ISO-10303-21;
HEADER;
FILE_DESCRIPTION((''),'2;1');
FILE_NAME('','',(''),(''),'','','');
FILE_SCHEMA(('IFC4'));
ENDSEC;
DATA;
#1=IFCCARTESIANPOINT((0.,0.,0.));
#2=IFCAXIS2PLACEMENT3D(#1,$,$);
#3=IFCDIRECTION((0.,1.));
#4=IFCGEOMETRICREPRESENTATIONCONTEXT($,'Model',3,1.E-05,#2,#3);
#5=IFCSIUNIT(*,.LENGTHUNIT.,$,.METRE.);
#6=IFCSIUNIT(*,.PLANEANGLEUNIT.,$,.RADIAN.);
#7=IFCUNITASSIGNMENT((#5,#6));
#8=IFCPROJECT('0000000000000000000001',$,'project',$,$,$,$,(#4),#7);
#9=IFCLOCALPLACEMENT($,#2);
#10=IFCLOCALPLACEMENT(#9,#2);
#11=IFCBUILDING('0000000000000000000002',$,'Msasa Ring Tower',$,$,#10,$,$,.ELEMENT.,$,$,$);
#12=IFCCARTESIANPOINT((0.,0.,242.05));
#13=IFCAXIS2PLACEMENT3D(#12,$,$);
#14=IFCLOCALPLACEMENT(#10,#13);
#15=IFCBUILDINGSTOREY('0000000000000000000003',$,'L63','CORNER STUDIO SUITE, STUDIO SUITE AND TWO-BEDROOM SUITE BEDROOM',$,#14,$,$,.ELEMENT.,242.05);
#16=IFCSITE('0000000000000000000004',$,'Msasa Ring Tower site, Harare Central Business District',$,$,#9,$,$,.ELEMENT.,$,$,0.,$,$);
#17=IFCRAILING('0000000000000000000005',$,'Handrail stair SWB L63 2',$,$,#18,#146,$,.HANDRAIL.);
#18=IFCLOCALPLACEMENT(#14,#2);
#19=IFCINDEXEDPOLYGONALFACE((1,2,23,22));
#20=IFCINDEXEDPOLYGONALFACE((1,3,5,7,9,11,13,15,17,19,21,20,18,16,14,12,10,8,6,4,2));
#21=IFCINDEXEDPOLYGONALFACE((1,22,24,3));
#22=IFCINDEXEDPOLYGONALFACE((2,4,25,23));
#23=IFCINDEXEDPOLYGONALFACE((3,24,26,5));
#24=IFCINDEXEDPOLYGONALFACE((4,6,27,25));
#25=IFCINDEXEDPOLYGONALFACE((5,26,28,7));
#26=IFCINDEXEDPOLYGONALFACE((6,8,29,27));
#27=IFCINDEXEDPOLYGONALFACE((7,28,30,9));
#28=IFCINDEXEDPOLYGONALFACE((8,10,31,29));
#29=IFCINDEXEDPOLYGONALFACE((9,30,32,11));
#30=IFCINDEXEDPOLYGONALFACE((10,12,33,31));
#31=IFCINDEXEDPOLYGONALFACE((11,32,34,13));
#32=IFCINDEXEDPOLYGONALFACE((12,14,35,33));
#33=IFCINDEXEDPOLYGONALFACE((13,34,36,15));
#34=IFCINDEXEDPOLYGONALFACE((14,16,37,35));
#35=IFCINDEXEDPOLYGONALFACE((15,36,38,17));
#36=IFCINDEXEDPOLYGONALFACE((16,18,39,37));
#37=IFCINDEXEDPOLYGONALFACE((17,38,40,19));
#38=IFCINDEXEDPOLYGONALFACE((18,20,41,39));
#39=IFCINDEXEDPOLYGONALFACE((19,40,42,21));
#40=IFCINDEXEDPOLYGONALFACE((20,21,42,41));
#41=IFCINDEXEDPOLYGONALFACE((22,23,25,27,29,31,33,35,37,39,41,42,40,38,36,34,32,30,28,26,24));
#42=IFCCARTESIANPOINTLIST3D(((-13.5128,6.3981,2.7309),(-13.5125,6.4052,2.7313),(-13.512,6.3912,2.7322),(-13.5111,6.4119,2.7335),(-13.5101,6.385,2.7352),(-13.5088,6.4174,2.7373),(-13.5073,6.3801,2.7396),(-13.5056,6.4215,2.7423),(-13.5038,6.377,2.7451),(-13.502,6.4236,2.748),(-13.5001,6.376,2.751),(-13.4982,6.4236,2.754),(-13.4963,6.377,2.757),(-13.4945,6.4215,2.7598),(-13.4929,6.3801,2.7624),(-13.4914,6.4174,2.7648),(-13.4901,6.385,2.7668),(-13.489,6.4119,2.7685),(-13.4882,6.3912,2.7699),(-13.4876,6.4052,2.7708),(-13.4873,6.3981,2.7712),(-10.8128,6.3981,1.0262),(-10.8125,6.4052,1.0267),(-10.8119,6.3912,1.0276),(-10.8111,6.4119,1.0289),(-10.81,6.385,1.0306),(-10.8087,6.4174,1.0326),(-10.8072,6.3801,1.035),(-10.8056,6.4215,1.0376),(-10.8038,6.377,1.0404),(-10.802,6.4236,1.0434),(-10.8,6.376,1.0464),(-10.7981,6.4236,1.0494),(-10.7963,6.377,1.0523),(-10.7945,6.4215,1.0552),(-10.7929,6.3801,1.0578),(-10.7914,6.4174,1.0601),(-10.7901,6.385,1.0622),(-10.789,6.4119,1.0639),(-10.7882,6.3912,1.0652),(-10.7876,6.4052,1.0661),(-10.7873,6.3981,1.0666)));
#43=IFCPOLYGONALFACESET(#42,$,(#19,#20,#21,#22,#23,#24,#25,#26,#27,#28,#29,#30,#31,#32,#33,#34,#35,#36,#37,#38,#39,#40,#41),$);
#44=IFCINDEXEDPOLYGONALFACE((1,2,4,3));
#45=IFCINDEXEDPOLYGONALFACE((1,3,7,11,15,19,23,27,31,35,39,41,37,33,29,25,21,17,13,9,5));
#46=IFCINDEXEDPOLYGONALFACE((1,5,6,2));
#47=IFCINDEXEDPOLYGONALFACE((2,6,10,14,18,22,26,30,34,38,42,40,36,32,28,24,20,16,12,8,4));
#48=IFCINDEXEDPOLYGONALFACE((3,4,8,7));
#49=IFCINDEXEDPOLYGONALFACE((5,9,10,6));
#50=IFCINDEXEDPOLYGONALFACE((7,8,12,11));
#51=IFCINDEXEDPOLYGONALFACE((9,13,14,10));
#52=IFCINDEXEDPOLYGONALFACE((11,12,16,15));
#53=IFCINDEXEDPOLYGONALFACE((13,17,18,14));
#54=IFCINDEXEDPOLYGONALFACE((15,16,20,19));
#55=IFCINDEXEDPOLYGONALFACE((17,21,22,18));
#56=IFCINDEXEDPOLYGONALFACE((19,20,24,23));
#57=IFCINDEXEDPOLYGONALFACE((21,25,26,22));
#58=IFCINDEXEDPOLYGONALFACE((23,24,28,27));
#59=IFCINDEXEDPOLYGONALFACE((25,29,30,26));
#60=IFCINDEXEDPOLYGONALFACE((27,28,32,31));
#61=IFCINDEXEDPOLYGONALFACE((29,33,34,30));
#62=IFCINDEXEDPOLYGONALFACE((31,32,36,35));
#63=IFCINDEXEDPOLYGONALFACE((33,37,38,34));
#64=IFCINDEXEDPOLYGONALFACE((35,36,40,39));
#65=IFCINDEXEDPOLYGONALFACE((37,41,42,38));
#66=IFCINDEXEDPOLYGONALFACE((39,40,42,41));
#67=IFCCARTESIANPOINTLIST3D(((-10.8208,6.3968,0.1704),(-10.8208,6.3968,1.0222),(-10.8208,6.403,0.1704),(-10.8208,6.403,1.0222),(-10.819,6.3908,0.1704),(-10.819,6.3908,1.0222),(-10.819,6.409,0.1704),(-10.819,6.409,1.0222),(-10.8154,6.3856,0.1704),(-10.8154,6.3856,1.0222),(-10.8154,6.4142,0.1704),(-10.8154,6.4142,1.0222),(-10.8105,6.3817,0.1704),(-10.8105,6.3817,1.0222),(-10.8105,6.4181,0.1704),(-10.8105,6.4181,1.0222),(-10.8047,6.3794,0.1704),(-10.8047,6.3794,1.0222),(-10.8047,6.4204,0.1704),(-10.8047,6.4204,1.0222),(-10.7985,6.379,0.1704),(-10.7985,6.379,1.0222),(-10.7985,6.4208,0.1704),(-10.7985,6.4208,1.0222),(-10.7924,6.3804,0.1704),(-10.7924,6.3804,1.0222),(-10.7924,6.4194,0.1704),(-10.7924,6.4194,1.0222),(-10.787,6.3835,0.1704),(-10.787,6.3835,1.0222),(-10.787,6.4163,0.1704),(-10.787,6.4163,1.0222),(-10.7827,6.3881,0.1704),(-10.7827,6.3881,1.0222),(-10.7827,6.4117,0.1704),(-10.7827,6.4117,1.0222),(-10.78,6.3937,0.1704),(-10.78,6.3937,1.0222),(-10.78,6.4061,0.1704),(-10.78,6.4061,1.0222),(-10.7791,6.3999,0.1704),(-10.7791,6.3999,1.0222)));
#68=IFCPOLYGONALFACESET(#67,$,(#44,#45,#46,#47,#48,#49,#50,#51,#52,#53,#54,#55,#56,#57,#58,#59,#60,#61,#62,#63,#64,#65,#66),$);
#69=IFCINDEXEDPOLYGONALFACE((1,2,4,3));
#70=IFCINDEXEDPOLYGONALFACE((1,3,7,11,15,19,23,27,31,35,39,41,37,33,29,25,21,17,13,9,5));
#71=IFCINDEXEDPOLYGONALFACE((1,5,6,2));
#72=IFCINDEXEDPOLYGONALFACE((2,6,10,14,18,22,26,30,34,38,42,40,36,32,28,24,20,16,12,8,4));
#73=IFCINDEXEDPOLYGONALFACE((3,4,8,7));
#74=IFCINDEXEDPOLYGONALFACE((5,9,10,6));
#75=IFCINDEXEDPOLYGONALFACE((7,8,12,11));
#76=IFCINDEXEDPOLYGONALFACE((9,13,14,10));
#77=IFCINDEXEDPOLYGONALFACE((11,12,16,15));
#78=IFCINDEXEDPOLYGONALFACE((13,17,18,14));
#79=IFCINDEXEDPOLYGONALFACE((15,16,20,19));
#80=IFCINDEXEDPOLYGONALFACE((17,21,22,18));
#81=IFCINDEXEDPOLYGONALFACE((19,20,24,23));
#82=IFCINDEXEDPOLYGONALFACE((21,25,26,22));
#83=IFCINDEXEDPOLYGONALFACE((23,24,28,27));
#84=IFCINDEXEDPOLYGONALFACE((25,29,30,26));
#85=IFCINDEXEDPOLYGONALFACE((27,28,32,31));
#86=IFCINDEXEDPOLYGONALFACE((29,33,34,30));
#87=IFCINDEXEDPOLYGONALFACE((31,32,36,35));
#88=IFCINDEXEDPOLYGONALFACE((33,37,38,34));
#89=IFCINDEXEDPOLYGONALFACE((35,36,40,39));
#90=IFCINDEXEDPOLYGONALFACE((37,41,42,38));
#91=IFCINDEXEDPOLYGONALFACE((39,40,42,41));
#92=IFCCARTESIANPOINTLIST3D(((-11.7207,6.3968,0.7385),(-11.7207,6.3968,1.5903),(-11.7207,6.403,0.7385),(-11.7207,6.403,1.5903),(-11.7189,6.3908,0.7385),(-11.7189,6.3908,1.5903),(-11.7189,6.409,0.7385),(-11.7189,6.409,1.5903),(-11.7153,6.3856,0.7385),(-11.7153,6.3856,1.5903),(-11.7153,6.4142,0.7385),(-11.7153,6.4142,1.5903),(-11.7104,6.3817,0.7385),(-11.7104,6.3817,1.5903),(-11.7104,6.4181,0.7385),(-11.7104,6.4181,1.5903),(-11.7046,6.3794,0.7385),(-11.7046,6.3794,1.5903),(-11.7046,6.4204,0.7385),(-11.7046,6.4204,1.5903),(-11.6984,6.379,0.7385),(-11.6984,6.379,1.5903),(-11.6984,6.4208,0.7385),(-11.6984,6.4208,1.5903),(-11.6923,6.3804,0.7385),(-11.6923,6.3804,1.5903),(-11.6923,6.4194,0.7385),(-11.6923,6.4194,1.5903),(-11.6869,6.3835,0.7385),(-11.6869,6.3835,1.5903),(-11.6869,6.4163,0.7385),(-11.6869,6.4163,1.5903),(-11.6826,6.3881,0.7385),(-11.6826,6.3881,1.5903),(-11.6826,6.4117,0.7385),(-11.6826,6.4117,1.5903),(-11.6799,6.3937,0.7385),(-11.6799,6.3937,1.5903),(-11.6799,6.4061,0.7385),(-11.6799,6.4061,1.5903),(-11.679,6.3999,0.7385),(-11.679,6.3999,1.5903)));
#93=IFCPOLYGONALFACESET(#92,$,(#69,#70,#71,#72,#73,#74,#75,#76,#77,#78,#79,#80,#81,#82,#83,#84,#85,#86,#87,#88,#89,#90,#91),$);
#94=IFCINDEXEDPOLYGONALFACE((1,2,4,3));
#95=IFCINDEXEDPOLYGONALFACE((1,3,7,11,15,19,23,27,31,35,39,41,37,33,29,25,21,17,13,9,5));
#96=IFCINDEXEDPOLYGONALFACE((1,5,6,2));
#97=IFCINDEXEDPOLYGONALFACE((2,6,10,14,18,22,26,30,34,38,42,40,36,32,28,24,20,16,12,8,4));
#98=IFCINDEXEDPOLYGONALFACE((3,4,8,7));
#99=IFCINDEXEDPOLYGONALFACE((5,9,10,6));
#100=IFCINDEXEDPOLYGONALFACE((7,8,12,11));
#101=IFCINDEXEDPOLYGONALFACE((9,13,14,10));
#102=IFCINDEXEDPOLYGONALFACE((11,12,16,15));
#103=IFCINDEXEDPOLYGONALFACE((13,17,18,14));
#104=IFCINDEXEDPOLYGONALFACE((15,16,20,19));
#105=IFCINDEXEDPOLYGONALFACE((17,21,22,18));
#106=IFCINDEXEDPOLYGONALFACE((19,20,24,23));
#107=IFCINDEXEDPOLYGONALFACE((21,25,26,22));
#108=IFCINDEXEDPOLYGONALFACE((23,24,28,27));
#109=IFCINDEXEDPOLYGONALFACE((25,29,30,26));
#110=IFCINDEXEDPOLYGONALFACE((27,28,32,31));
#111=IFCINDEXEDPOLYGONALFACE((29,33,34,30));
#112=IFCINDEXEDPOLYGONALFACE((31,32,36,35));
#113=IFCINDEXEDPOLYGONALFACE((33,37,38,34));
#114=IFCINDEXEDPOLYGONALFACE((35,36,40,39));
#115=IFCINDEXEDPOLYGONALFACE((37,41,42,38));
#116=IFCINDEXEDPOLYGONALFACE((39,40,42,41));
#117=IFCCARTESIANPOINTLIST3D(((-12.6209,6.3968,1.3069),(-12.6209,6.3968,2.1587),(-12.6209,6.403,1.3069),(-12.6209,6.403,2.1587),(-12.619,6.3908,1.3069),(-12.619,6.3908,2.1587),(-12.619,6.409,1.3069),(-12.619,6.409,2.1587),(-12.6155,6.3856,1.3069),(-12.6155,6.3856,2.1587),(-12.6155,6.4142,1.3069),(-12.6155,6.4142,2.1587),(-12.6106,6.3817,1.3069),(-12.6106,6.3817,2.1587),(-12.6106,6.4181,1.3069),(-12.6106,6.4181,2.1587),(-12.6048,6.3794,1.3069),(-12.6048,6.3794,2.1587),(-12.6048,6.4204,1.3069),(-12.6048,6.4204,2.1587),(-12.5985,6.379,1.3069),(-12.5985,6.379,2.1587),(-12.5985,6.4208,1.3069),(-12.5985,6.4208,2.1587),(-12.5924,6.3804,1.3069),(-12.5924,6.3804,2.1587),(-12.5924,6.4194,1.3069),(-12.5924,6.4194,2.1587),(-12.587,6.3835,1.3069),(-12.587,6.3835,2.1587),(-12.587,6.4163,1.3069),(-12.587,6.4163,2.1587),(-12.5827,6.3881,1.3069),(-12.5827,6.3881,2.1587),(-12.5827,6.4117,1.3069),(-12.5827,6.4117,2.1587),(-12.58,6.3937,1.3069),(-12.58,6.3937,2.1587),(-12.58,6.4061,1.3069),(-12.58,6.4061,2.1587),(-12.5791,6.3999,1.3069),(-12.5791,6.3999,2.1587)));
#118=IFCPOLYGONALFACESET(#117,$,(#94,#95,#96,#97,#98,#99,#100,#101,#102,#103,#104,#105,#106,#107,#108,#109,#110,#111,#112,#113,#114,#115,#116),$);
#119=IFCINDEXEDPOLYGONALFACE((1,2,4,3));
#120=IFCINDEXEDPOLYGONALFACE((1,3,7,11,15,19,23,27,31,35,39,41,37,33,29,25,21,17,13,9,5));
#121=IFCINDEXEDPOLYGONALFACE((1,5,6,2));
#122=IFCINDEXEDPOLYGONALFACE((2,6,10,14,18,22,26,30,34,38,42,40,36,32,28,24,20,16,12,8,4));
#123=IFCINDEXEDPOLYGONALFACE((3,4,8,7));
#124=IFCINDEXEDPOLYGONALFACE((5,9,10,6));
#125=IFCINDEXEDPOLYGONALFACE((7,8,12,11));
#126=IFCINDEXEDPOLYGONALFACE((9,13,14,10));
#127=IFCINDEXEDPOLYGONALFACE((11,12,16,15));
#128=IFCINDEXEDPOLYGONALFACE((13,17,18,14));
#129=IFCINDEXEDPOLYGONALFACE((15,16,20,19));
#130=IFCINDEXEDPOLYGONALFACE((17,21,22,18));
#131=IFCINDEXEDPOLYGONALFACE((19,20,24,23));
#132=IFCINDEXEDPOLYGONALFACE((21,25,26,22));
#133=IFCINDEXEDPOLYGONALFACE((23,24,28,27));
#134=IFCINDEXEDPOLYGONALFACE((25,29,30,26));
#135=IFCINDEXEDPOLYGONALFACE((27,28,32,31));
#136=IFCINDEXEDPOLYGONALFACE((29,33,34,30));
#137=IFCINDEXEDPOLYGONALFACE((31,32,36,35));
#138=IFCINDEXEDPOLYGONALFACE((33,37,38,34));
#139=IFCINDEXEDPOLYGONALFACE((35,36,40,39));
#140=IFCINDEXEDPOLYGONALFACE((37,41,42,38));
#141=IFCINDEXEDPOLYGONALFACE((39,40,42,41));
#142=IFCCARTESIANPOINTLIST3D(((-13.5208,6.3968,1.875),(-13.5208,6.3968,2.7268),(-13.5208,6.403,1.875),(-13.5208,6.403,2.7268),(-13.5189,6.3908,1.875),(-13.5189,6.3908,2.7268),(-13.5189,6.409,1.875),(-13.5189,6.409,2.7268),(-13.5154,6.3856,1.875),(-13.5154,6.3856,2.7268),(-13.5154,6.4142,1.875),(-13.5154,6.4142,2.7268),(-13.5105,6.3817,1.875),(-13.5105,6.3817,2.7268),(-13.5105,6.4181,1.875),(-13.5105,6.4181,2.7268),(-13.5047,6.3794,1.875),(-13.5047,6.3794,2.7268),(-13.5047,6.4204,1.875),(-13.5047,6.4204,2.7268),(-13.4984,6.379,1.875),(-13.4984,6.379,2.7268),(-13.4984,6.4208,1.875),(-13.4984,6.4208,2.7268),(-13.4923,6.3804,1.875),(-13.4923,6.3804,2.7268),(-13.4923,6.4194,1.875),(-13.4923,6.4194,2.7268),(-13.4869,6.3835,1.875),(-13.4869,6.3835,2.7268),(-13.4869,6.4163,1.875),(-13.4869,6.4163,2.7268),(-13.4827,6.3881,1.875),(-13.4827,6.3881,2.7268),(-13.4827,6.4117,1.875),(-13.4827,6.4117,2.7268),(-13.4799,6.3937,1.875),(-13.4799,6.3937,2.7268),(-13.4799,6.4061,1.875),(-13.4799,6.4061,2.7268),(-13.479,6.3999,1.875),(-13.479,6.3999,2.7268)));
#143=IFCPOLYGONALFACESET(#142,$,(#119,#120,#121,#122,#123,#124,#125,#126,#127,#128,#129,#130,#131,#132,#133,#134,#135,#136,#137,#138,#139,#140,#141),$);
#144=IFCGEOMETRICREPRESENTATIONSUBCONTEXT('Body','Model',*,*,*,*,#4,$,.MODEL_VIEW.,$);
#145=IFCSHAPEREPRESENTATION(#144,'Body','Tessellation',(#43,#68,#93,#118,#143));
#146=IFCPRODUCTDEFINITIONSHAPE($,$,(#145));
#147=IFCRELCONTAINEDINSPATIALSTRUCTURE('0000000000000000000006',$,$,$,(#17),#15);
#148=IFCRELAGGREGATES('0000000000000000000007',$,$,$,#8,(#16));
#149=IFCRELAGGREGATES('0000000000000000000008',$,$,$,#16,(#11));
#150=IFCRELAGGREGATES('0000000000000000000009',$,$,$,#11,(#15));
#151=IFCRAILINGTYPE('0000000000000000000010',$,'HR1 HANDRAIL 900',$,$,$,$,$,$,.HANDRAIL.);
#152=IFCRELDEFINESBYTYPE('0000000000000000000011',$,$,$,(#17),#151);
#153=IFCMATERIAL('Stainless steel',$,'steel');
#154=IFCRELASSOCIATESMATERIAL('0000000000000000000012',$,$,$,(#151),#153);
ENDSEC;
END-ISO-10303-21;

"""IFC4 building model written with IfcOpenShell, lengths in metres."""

from ifc_helpers import new_model, si_unit, direction, frame, origin, origin_2d, place, context, subcontext, project, spatial, circle, extrude, material, type_object, element, save


model = new_model("IFC4")

# Units and contexts
model_context = context("Model", 3, precision=1e-05, world=origin(), true_north=direction((0.0, 1.0)))
body_context = subcontext(model_context, "Body", "Model", "MODEL_VIEW")
ifc_project = project(units=[si_unit("LENGTHUNIT", "METRE"), si_unit("PLANEANGLEUNIT", "RADIAN")], contexts=[model_context])

# Site, building, storey
site_placement = place(None, origin())
site = spatial("IfcSite", under=ifc_project, at=site_placement, Name="Msasa Ring Tower site, Harare Central Business District", CompositionType="ELEMENT", RefElevation=0.0)
building_placement = place(site_placement, origin())
building = spatial("IfcBuilding", under=site, at=building_placement, Name="Msasa Ring Tower", CompositionType="ELEMENT")
storey_placement = place(building_placement, frame((0.0, 0.0, 242.05)))
storey = spatial("IfcBuildingStorey", under=building, at=storey_placement, Name="L63", Description="CORNER STUDIO SUITE, STUDIO SUITE AND TWO-BEDROOM SUITE BEDROOM", CompositionType="ELEMENT", Elevation=242.05)

# Railing
ifc_material_1 = material(Name="Stainless steel", Category="steel")
railing_type = type_object("IfcRailingType", Name="HR1 HANDRAIL 900", PredefinedType="HANDRAIL", material=ifc_material_1)
railing_placement = place(storey_placement, frame((-10.8, 6.3999, 0.1704)))
element("IfcRailing", 1, at=railing_placement, inside=storey, type_object=railing_type, Name="Handrail stair SWB L63 2", PredefinedType="HANDRAIL", context=body_context, shape_type="SweptSolid", body=[
    extrude(circle(Radius=0.0239, at=origin_2d()), frame((0.0, 0.0, 0.876), z_axis=(-0.84558, 0.0, 0.533849), x_axis=(0.0, -1.0, 0.0)), (0.0, 0.0, 1.0), 3.1931),
    extrude(circle(Radius=0.021, at=origin_2d()), origin(), (0.0, 0.0, 1.0), 0.8518),
    extrude(circle(Radius=0.021, at=origin_2d()), frame((-0.8999, 0.0, 0.5681)), (0.0, 0.0, 1.0), 0.8518),
    extrude(circle(Radius=0.021, at=origin_2d()), frame((-1.8, 0.0, 1.1365)), (0.0, 0.0, 1.0), 0.8518),
    extrude(circle(Radius=0.021, at=origin_2d()), frame((-2.7, 0.0, 1.7046)), (0.0, 0.0, 1.0), 0.8518),
])

save(model, "model.ifc")
